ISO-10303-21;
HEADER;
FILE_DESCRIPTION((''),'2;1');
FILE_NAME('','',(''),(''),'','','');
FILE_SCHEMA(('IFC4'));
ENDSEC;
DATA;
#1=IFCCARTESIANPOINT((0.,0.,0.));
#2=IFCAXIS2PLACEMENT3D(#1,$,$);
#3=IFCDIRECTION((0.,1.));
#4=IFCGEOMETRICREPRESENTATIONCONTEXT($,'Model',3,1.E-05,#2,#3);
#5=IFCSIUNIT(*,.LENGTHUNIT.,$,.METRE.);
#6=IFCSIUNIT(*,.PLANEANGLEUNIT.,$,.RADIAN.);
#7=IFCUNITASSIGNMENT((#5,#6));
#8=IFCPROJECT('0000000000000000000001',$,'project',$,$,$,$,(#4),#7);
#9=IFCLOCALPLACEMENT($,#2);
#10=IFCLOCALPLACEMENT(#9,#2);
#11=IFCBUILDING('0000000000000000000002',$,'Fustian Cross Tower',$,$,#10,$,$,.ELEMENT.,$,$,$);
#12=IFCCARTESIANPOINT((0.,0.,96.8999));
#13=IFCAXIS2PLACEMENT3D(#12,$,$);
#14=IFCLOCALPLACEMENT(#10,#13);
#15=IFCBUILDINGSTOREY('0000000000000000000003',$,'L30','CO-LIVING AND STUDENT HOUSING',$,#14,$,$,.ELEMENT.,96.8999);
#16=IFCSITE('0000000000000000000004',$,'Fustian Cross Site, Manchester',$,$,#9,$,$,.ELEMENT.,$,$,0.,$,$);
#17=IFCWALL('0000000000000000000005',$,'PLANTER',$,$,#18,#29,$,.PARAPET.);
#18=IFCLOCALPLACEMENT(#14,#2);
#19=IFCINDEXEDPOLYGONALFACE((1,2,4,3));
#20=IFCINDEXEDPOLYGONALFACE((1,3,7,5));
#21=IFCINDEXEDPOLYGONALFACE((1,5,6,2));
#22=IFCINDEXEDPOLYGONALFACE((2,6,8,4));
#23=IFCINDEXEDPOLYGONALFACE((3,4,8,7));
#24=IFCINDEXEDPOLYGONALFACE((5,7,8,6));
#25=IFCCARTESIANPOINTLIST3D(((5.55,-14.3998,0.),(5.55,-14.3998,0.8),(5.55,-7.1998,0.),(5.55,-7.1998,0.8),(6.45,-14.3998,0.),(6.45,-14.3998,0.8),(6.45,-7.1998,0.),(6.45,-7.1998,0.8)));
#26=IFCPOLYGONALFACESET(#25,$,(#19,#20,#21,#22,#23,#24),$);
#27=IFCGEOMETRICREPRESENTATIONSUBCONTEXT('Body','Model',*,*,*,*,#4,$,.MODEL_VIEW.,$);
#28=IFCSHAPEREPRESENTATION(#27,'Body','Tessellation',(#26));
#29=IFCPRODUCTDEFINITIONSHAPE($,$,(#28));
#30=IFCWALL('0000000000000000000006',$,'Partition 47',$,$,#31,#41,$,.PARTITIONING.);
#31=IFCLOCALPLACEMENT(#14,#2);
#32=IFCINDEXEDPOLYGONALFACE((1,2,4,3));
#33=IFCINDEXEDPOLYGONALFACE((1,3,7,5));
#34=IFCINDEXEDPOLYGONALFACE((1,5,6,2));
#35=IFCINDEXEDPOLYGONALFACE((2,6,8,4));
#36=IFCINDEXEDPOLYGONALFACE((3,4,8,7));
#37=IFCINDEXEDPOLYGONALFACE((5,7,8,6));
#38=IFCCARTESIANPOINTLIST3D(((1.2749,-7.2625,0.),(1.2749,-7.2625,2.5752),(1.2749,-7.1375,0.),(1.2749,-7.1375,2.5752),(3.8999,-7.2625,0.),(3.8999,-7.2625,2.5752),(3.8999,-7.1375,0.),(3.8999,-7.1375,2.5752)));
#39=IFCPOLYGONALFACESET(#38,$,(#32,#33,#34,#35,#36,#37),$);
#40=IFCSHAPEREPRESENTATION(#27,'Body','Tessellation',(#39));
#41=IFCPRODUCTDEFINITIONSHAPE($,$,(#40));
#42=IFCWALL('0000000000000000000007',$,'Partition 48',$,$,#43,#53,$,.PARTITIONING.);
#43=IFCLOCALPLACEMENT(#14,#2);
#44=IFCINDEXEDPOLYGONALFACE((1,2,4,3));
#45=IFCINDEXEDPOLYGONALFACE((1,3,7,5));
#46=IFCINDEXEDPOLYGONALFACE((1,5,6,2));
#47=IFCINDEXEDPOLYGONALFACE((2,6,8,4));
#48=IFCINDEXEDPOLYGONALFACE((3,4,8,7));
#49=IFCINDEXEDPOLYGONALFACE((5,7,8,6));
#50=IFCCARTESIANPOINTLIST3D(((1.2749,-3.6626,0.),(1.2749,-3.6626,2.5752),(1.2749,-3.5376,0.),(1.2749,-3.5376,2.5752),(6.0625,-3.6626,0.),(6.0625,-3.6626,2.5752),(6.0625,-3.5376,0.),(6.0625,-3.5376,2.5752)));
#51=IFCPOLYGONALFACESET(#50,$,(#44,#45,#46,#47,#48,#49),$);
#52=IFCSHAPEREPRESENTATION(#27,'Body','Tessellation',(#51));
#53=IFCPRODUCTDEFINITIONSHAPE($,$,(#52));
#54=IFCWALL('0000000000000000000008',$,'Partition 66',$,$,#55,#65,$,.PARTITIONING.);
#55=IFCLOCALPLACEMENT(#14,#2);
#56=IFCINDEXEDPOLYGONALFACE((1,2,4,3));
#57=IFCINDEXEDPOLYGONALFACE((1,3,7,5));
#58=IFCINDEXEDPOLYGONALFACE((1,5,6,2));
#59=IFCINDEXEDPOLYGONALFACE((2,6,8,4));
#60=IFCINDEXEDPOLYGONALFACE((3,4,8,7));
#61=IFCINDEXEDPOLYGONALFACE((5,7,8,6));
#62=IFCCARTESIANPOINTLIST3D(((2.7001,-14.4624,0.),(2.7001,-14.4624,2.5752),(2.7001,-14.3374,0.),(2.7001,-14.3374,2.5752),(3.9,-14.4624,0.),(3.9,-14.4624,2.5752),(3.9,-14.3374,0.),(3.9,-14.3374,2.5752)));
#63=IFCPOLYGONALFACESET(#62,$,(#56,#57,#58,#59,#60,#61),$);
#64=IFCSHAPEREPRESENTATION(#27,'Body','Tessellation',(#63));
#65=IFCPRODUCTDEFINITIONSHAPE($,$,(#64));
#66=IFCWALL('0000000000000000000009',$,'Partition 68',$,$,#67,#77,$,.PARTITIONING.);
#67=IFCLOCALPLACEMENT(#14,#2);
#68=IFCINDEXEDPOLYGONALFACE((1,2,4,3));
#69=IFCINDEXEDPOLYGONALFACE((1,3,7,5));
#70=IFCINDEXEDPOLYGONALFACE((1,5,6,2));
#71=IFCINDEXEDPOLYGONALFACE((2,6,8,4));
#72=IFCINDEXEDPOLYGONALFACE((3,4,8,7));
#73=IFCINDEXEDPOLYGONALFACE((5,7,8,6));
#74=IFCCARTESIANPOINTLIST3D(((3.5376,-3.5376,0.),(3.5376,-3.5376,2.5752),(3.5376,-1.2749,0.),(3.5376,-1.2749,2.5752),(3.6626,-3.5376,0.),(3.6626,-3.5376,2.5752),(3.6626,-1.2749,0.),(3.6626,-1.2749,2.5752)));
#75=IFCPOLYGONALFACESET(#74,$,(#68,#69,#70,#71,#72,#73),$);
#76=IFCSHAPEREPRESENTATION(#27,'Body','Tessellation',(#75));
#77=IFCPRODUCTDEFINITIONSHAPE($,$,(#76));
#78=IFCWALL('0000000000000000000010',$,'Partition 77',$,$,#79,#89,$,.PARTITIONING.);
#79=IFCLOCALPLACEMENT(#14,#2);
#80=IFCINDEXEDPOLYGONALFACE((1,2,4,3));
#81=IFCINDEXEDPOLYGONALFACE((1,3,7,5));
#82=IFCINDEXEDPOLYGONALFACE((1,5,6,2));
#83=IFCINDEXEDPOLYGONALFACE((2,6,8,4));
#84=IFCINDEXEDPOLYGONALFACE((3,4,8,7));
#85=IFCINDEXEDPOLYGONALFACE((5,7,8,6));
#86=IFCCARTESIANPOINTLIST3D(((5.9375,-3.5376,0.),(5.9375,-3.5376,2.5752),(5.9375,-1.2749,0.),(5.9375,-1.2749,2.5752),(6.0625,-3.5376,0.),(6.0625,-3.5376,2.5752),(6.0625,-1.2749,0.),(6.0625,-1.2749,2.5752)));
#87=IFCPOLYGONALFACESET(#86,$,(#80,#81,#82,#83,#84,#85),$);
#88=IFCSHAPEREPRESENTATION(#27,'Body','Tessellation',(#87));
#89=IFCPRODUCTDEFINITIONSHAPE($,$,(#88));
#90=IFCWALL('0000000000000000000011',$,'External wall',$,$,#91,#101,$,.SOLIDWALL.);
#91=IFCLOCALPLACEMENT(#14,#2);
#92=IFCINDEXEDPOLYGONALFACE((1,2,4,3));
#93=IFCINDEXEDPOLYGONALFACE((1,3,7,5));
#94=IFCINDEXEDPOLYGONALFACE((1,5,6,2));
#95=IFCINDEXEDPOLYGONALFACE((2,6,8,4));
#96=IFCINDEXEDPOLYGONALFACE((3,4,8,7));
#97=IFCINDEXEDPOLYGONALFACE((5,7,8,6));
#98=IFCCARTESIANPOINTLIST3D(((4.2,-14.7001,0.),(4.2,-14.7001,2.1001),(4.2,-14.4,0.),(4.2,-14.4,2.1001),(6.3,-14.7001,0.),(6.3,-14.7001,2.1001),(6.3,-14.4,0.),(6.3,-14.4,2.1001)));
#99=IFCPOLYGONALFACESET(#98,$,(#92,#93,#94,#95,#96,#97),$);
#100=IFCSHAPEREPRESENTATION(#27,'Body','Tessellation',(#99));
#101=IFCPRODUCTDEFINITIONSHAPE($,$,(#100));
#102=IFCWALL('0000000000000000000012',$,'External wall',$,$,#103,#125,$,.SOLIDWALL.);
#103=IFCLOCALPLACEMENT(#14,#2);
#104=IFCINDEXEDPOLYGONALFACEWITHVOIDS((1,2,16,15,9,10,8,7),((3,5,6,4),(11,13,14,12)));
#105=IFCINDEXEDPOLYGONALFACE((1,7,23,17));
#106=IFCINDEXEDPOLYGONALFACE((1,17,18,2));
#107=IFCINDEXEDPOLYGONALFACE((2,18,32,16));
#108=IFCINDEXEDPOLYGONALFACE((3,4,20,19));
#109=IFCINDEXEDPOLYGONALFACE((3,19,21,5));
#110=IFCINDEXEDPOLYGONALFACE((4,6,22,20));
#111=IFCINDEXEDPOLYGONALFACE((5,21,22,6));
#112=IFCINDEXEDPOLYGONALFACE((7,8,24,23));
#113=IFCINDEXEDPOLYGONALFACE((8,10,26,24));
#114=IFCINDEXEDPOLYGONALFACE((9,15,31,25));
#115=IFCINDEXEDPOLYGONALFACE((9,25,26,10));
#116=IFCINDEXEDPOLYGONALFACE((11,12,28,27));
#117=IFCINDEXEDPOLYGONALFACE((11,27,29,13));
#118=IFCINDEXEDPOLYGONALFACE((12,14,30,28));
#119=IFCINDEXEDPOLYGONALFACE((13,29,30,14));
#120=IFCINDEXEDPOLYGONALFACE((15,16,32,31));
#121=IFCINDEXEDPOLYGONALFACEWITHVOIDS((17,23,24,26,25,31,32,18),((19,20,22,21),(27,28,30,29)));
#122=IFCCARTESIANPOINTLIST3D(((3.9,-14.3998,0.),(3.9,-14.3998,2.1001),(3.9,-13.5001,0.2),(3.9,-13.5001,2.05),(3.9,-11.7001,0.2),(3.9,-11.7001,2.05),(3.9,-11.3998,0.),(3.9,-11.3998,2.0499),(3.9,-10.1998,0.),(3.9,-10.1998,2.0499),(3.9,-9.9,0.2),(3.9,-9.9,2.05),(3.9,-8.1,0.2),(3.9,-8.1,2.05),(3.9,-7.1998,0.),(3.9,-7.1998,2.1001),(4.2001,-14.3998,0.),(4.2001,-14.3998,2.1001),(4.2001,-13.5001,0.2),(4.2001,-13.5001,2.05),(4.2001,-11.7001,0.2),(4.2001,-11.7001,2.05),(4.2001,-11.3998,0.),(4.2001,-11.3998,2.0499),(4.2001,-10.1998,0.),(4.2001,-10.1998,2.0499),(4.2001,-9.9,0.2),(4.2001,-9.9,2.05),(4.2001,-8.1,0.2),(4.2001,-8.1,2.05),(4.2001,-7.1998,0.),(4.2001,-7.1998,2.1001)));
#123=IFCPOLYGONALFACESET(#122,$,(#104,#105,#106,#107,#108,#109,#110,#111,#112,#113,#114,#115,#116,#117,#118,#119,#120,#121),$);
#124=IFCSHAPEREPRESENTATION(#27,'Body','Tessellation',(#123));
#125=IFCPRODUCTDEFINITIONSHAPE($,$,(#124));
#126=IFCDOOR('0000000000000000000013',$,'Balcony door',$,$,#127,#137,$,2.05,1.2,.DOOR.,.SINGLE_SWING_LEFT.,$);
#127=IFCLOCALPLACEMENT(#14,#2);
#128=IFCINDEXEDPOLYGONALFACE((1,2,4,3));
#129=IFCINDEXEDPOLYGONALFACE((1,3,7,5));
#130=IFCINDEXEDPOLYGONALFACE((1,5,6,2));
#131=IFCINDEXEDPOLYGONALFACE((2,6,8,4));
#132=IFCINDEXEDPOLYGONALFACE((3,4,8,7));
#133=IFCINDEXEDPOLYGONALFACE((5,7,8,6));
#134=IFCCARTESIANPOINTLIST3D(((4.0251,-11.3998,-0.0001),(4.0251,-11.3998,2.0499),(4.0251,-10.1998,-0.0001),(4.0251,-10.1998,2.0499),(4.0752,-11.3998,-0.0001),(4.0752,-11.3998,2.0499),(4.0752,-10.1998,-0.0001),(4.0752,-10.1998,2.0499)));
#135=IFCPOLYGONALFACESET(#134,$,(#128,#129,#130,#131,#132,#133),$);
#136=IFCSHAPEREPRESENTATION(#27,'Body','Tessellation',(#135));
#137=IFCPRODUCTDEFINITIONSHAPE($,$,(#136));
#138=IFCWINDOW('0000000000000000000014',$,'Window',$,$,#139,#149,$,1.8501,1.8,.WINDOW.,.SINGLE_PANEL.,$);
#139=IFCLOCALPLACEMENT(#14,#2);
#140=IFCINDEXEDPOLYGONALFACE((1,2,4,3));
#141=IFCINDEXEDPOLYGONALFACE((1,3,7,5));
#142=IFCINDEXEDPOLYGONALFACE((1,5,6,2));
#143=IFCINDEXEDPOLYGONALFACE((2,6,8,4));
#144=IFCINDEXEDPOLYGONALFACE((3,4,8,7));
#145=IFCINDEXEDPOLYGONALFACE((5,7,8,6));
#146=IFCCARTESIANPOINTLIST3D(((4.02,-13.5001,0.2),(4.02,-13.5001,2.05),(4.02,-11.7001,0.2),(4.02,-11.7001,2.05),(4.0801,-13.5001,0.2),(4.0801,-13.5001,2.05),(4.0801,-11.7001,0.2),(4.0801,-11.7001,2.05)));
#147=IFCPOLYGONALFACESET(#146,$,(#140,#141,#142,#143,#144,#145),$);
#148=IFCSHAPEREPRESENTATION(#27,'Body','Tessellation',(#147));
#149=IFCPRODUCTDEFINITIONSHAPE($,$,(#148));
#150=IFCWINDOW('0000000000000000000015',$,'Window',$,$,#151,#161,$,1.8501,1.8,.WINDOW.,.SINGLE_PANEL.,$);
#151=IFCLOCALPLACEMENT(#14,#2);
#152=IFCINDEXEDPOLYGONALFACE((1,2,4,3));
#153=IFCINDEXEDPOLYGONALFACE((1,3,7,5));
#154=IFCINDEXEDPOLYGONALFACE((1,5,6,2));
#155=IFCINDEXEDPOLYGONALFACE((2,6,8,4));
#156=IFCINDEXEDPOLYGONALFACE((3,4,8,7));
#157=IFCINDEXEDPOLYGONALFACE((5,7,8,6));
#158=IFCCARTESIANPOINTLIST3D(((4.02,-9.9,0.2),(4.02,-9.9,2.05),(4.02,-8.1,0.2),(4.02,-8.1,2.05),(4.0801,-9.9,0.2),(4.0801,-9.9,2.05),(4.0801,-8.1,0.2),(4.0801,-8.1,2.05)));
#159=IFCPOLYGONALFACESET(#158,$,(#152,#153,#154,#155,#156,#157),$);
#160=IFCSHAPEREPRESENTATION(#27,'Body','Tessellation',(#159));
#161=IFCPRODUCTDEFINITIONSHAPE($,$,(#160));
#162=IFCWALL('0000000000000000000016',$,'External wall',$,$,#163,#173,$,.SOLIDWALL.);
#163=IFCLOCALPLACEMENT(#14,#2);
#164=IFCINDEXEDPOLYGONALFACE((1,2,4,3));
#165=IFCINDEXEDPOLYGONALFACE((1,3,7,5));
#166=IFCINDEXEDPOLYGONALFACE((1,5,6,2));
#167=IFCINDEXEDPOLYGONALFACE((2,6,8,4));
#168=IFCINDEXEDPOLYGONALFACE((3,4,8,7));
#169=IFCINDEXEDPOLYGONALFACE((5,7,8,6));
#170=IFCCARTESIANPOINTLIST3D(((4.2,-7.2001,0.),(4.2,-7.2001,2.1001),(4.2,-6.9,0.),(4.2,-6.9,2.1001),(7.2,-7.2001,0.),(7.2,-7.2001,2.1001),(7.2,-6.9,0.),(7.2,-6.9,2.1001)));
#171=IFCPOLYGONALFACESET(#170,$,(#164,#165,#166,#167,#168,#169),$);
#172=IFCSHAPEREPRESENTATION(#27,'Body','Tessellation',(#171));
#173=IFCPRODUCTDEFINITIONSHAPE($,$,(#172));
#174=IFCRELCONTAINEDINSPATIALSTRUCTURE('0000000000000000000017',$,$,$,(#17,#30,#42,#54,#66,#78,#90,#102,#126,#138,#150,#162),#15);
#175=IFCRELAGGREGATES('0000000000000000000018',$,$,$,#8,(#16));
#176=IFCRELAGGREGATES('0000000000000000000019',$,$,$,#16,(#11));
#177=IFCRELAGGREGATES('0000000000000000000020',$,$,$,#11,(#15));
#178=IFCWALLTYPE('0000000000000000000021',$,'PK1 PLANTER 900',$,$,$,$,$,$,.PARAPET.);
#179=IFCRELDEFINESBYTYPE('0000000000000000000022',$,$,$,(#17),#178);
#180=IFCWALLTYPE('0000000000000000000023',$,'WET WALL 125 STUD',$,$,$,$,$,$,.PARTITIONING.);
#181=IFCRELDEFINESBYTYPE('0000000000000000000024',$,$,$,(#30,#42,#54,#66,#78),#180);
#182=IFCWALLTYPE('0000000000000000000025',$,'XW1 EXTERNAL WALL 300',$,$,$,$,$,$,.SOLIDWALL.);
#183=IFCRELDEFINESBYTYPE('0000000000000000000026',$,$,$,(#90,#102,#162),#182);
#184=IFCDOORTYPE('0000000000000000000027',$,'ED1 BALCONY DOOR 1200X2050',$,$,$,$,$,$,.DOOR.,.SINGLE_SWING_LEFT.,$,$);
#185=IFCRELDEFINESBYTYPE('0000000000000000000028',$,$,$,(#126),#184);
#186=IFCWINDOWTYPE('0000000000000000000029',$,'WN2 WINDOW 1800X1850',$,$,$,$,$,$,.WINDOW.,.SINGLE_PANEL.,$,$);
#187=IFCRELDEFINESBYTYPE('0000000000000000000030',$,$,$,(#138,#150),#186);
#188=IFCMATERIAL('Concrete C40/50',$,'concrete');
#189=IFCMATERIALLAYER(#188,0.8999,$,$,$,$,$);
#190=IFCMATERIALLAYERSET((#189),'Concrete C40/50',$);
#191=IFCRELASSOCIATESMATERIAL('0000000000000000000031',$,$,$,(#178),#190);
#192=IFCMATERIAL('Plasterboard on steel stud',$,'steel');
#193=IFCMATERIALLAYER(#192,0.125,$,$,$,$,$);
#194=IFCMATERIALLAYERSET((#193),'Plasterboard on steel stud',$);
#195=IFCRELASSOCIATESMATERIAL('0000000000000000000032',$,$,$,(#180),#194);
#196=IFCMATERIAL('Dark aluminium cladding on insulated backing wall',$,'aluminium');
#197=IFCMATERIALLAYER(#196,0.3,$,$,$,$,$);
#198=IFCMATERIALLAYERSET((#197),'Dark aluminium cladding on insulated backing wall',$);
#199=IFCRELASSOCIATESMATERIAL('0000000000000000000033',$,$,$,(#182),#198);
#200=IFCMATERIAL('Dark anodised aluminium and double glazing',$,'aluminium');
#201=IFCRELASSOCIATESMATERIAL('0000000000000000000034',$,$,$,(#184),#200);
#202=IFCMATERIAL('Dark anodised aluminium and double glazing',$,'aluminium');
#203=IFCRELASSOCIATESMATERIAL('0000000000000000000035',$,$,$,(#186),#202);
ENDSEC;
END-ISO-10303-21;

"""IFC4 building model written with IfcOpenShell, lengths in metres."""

from ifc_helpers import new_model, si_unit, direction, frame, frame_2d, origin, place, context, subcontext, project, spatial, rectangle, extrude, material, layer, layer_set, type_object, element, fill, save


model = new_model("IFC4")

# Units and contexts
model_context = context("Model", 3, precision=1e-05, world=origin(), true_north=direction((0.0, 1.0)))
body_context = subcontext(model_context, "Body", "Model", "MODEL_VIEW")
ifc_project = project(units=[si_unit("LENGTHUNIT", "METRE"), si_unit("PLANEANGLEUNIT", "RADIAN")], contexts=[model_context])

# Site, building, storey
site_placement = place(None, origin())
site = spatial("IfcSite", under=ifc_project, at=site_placement, Name="Fustian Cross Site, Manchester", CompositionType="ELEMENT", RefElevation=0.0)
building_placement = place(site_placement, origin())
building = spatial("IfcBuilding", under=site, at=building_placement, Name="Fustian Cross Tower", CompositionType="ELEMENT")
storey_placement = place(building_placement, frame((0.0, 0.0, 96.8999)))
storey = spatial("IfcBuildingStorey", under=building, at=storey_placement, Name="L30", Description="CO-LIVING AND STUDENT HOUSING", CompositionType="ELEMENT", Elevation=96.8999)

# Walls
ifc_material_1 = material(Name="Concrete C40/50", Category="concrete")
ifc_layer_1 = layer(ifc_material_1, 0.8999)
ifc_layer_set_1 = layer_set([ifc_layer_1], Name="Concrete C40/50")
wall_type_1 = type_object("IfcWallType", Name="PK1 PLANTER 900", PredefinedType="PARAPET", material=ifc_layer_set_1)
wall_1_placement = place(storey_placement, frame((6.0, -14.3999, 0.0), z_axis=(0.0, 0.0, 1.0), x_axis=(0.0, 1.0, 0.0)))
element("IfcWall", 1, at=wall_1_placement, inside=storey, type_object=wall_type_1, Name="PLANTER", PredefinedType="PARAPET", context=body_context, shape_type="SweptSolid", body=[
    extrude(rectangle(XDim=7.2, YDim=0.8999, at=frame_2d((3.6001, 0.0))), origin(), (0.0, 0.0, 1.0), 0.8),
])
ifc_material_2 = material(Name="Plasterboard on steel stud", Category="steel")
ifc_layer_2 = layer(ifc_material_2, 0.125)
ifc_layer_set_2 = layer_set([ifc_layer_2], Name="Plasterboard on steel stud")
wall_type_2 = type_object("IfcWallType", Name="WET WALL 125 STUD", PredefinedType="PARTITIONING", material=ifc_layer_set_2)
wall_2_placement = place(storey_placement, frame((1.2749, -7.2, 0.0), z_axis=(0.0, 0.0, 1.0), x_axis=(1.0, 0.0, 0.0)))
element("IfcWall", 2, at=wall_2_placement, inside=storey, type_object=wall_type_2, Name="Partition 47", PredefinedType="PARTITIONING", context=body_context, shape_type="SweptSolid", body=[
    extrude(rectangle(XDim=2.625, YDim=0.125, at=frame_2d((1.3125, 0.0))), origin(), (0.0, 0.0, 1.0), 2.5752),
])
wall_3_placement = place(storey_placement, frame((1.2749, -3.6001, 0.0), z_axis=(0.0, 0.0, 1.0), x_axis=(1.0, 0.0, 0.0)))
element("IfcWall", 3, at=wall_3_placement, inside=storey, type_object=wall_type_2, Name="Partition 48", PredefinedType="PARTITIONING", context=body_context, shape_type="SweptSolid", body=[
    extrude(rectangle(XDim=4.7876, YDim=0.125, at=frame_2d((2.3938, 0.0))), origin(), (0.0, 0.0, 1.0), 2.5752),
])
wall_4_placement = place(storey_placement, frame((2.7, -14.3999, 0.0), z_axis=(0.0, 0.0, 1.0), x_axis=(1.0, 0.0, 0.0)))
element("IfcWall", 4, at=wall_4_placement, inside=storey, type_object=wall_type_2, Name="Partition 66", PredefinedType="PARTITIONING", context=body_context, shape_type="SweptSolid", body=[
    extrude(rectangle(XDim=1.2, YDim=0.125, at=frame_2d((0.6001, 0.0))), origin(), (0.0, 0.0, 1.0), 2.5752),
])
for number, where, z_axis, x_axis, name in (
    (5, (3.6001, -3.5376, 0.0), (0.0, 0.0, 1.0), (0.0, 1.0, 0.0), "Partition 68"),
    (6, (6.0, -3.5376, 0.0), (0.0, 0.0, 1.0), (0.0, 1.0, 0.0), "Partition 77"),
):
    element("IfcWall", number, at=place(storey_placement, frame(where, z_axis=z_axis, x_axis=x_axis)), inside=storey, type_object=wall_type_2, Name=name, PredefinedType="PARTITIONING", context=body_context, shape_type="SweptSolid", body=[
        extrude(rectangle(XDim=2.2627, YDim=0.125, at=frame_2d((1.1313, 0.0))), origin(), (0.0, 0.0, 1.0), 2.5752),
    ])
ifc_material_3 = material(Name="Dark aluminium cladding on insulated backing wall", Category="aluminium")
ifc_layer_3 = layer(ifc_material_3, 0.3)
ifc_layer_set_3 = layer_set([ifc_layer_3], Name="Dark aluminium cladding on insulated backing wall")
wall_type_3 = type_object("IfcWallType", Name="XW1 EXTERNAL WALL 300", PredefinedType="SOLIDWALL", material=ifc_layer_set_3)
wall_5_placement = place(storey_placement, frame((6.3, -14.55, 0.0), z_axis=(0.0, 0.0, 1.0), x_axis=(-1.0, 0.0, 0.0)))
element("IfcWall", 7, at=wall_5_placement, inside=storey, type_object=wall_type_3, Name="External wall", PredefinedType="SOLIDWALL", context=body_context, shape_type="SweptSolid", body=[
    extrude(rectangle(XDim=2.1001, YDim=0.3, at=frame_2d((1.05, 0.0))), origin(), (0.0, 0.0, 1.0), 2.1001),
])

# Wall, openings, door, windows
wall_6_placement = place(storey_placement, frame((4.05, -14.3999, 0.0), z_axis=(0.0, 0.0, 1.0), x_axis=(0.0, 1.0, 0.0)))
wall_6 = element("IfcWall", 8, at=wall_6_placement, inside=storey, type_object=wall_type_3, Name="External wall", PredefinedType="SOLIDWALL", context=body_context, shape_type="SweptSolid", body=[
    extrude(rectangle(XDim=7.2, YDim=0.3, at=frame_2d((3.6001, 0.0))), origin(), (0.0, 0.0, 1.0), 2.1001),
])
opening_1_placement = place(wall_6_placement, frame((3.0, 0.0, 0.0)))
opening_1 = element("IfcOpeningElement", 9, at=opening_1_placement, cuts=wall_6, PredefinedType="OPENING", context=body_context, shape_type="SweptSolid", body=[
    extrude(rectangle(XDim=1.2, YDim=2.05, at=frame_2d((0.6001, 1.0249))), frame((0.0, 0.1599, 0.0), z_axis=(0.0, -1.0, 0.0), x_axis=(1.0, 0.0, 0.0)), (0.0, 0.0, 1.0), 0.3201),
])
opening_2_placement = place(wall_6_placement, frame((0.8999, 0.0, 0.2)))
opening_2 = element("IfcOpeningElement", 10, at=opening_2_placement, cuts=wall_6, PredefinedType="OPENING", context=body_context, shape_type="SweptSolid", body=[
    extrude(rectangle(XDim=1.8, YDim=1.8501, at=frame_2d((0.8999, 0.925))), frame((0.0, 0.1599, 0.0), z_axis=(0.0, -1.0, 0.0), x_axis=(1.0, 0.0, 0.0)), (0.0, 0.0, 1.0), 0.3201),
])
opening_3_placement = place(wall_6_placement, frame((4.5, 0.0, 0.2)))
opening_3 = element("IfcOpeningElement", 11, at=opening_3_placement, cuts=wall_6, PredefinedType="OPENING", context=body_context, shape_type="SweptSolid", body=[
    extrude(rectangle(XDim=1.8, YDim=1.8501, at=frame_2d((0.8999, 0.925))), frame((0.0, 0.1599, 0.0), z_axis=(0.0, -1.0, 0.0), x_axis=(1.0, 0.0, 0.0)), (0.0, 0.0, 1.0), 0.3201),
])
ifc_material_4 = material(Name="Dark anodised aluminium and double glazing", Category="aluminium")
door_type_1 = type_object("IfcDoorType", Name="ED1 BALCONY DOOR 1200X2050", OperationType="SINGLE_SWING_LEFT", PredefinedType="DOOR", material=ifc_material_4)
door_1_placement = place(opening_1_placement, origin())
door_1 = element("IfcDoor", 12, at=door_1_placement, inside=storey, type_object=door_type_1, Name="Balcony door", OperationType="SINGLE_SWING_LEFT", OverallHeight=2.05, OverallWidth=1.2, PredefinedType="DOOR", context=body_context, shape_type="SweptSolid", body=[
    extrude(rectangle(XDim=1.2, YDim=2.05, at=frame_2d((0.6001, 1.0249))), frame((0.0, 0.0249, 0.0), z_axis=(0.0, -1.0, 0.0), x_axis=(1.0, 0.0, 0.0)), (0.0, 0.0, 1.0), 0.05),
])
fill(opening_1, door_1)
ifc_material_5 = material(Name="Dark anodised aluminium and double glazing", Category="aluminium")
window_type = type_object("IfcWindowType", Name="WN2 WINDOW 1800X1850", PartitioningType="SINGLE_PANEL", PredefinedType="WINDOW", material=ifc_material_5)
window_1_placement = place(opening_2_placement, origin())
window_1 = element("IfcWindow", 13, at=window_1_placement, inside=storey, type_object=window_type, Name="Window", OverallHeight=1.8501, OverallWidth=1.8, PartitioningType="SINGLE_PANEL", PredefinedType="WINDOW", context=body_context, shape_type="SweptSolid", body=[
    extrude(rectangle(XDim=1.8, YDim=1.8501, at=frame_2d((0.8999, 0.925))), frame((0.0, 0.03, 0.0), z_axis=(0.0, -1.0, 0.0), x_axis=(1.0, 0.0, 0.0)), (0.0, 0.0, 1.0), 0.0601),
])
fill(opening_2, window_1)
window_2_placement = place(opening_3_placement, origin())
window_2 = element("IfcWindow", 14, at=window_2_placement, inside=storey, type_object=window_type, Name="Window", OverallHeight=1.8501, OverallWidth=1.8, PartitioningType="SINGLE_PANEL", PredefinedType="WINDOW", context=body_context, shape_type="SweptSolid", body=[
    extrude(rectangle(XDim=1.8, YDim=1.8501, at=frame_2d((0.8999, 0.925))), frame((0.0, 0.03, 0.0), z_axis=(0.0, -1.0, 0.0), x_axis=(1.0, 0.0, 0.0)), (0.0, 0.0, 1.0), 0.0601),
])
fill(opening_3, window_2)

# Wall
wall_7_placement = place(storey_placement, frame((4.2, -7.05, 0.0), z_axis=(0.0, 0.0, 1.0), x_axis=(1.0, 0.0, 0.0)))
element("IfcWall", 15, at=wall_7_placement, inside=storey, type_object=wall_type_3, Name="External wall", PredefinedType="SOLIDWALL", context=body_context, shape_type="SweptSolid", body=[
    extrude(rectangle(XDim=3.0, YDim=0.3, at=frame_2d((1.5, 0.0))), origin(), (0.0, 0.0, 1.0), 2.1001),
])

save(model, "model.ifc")
